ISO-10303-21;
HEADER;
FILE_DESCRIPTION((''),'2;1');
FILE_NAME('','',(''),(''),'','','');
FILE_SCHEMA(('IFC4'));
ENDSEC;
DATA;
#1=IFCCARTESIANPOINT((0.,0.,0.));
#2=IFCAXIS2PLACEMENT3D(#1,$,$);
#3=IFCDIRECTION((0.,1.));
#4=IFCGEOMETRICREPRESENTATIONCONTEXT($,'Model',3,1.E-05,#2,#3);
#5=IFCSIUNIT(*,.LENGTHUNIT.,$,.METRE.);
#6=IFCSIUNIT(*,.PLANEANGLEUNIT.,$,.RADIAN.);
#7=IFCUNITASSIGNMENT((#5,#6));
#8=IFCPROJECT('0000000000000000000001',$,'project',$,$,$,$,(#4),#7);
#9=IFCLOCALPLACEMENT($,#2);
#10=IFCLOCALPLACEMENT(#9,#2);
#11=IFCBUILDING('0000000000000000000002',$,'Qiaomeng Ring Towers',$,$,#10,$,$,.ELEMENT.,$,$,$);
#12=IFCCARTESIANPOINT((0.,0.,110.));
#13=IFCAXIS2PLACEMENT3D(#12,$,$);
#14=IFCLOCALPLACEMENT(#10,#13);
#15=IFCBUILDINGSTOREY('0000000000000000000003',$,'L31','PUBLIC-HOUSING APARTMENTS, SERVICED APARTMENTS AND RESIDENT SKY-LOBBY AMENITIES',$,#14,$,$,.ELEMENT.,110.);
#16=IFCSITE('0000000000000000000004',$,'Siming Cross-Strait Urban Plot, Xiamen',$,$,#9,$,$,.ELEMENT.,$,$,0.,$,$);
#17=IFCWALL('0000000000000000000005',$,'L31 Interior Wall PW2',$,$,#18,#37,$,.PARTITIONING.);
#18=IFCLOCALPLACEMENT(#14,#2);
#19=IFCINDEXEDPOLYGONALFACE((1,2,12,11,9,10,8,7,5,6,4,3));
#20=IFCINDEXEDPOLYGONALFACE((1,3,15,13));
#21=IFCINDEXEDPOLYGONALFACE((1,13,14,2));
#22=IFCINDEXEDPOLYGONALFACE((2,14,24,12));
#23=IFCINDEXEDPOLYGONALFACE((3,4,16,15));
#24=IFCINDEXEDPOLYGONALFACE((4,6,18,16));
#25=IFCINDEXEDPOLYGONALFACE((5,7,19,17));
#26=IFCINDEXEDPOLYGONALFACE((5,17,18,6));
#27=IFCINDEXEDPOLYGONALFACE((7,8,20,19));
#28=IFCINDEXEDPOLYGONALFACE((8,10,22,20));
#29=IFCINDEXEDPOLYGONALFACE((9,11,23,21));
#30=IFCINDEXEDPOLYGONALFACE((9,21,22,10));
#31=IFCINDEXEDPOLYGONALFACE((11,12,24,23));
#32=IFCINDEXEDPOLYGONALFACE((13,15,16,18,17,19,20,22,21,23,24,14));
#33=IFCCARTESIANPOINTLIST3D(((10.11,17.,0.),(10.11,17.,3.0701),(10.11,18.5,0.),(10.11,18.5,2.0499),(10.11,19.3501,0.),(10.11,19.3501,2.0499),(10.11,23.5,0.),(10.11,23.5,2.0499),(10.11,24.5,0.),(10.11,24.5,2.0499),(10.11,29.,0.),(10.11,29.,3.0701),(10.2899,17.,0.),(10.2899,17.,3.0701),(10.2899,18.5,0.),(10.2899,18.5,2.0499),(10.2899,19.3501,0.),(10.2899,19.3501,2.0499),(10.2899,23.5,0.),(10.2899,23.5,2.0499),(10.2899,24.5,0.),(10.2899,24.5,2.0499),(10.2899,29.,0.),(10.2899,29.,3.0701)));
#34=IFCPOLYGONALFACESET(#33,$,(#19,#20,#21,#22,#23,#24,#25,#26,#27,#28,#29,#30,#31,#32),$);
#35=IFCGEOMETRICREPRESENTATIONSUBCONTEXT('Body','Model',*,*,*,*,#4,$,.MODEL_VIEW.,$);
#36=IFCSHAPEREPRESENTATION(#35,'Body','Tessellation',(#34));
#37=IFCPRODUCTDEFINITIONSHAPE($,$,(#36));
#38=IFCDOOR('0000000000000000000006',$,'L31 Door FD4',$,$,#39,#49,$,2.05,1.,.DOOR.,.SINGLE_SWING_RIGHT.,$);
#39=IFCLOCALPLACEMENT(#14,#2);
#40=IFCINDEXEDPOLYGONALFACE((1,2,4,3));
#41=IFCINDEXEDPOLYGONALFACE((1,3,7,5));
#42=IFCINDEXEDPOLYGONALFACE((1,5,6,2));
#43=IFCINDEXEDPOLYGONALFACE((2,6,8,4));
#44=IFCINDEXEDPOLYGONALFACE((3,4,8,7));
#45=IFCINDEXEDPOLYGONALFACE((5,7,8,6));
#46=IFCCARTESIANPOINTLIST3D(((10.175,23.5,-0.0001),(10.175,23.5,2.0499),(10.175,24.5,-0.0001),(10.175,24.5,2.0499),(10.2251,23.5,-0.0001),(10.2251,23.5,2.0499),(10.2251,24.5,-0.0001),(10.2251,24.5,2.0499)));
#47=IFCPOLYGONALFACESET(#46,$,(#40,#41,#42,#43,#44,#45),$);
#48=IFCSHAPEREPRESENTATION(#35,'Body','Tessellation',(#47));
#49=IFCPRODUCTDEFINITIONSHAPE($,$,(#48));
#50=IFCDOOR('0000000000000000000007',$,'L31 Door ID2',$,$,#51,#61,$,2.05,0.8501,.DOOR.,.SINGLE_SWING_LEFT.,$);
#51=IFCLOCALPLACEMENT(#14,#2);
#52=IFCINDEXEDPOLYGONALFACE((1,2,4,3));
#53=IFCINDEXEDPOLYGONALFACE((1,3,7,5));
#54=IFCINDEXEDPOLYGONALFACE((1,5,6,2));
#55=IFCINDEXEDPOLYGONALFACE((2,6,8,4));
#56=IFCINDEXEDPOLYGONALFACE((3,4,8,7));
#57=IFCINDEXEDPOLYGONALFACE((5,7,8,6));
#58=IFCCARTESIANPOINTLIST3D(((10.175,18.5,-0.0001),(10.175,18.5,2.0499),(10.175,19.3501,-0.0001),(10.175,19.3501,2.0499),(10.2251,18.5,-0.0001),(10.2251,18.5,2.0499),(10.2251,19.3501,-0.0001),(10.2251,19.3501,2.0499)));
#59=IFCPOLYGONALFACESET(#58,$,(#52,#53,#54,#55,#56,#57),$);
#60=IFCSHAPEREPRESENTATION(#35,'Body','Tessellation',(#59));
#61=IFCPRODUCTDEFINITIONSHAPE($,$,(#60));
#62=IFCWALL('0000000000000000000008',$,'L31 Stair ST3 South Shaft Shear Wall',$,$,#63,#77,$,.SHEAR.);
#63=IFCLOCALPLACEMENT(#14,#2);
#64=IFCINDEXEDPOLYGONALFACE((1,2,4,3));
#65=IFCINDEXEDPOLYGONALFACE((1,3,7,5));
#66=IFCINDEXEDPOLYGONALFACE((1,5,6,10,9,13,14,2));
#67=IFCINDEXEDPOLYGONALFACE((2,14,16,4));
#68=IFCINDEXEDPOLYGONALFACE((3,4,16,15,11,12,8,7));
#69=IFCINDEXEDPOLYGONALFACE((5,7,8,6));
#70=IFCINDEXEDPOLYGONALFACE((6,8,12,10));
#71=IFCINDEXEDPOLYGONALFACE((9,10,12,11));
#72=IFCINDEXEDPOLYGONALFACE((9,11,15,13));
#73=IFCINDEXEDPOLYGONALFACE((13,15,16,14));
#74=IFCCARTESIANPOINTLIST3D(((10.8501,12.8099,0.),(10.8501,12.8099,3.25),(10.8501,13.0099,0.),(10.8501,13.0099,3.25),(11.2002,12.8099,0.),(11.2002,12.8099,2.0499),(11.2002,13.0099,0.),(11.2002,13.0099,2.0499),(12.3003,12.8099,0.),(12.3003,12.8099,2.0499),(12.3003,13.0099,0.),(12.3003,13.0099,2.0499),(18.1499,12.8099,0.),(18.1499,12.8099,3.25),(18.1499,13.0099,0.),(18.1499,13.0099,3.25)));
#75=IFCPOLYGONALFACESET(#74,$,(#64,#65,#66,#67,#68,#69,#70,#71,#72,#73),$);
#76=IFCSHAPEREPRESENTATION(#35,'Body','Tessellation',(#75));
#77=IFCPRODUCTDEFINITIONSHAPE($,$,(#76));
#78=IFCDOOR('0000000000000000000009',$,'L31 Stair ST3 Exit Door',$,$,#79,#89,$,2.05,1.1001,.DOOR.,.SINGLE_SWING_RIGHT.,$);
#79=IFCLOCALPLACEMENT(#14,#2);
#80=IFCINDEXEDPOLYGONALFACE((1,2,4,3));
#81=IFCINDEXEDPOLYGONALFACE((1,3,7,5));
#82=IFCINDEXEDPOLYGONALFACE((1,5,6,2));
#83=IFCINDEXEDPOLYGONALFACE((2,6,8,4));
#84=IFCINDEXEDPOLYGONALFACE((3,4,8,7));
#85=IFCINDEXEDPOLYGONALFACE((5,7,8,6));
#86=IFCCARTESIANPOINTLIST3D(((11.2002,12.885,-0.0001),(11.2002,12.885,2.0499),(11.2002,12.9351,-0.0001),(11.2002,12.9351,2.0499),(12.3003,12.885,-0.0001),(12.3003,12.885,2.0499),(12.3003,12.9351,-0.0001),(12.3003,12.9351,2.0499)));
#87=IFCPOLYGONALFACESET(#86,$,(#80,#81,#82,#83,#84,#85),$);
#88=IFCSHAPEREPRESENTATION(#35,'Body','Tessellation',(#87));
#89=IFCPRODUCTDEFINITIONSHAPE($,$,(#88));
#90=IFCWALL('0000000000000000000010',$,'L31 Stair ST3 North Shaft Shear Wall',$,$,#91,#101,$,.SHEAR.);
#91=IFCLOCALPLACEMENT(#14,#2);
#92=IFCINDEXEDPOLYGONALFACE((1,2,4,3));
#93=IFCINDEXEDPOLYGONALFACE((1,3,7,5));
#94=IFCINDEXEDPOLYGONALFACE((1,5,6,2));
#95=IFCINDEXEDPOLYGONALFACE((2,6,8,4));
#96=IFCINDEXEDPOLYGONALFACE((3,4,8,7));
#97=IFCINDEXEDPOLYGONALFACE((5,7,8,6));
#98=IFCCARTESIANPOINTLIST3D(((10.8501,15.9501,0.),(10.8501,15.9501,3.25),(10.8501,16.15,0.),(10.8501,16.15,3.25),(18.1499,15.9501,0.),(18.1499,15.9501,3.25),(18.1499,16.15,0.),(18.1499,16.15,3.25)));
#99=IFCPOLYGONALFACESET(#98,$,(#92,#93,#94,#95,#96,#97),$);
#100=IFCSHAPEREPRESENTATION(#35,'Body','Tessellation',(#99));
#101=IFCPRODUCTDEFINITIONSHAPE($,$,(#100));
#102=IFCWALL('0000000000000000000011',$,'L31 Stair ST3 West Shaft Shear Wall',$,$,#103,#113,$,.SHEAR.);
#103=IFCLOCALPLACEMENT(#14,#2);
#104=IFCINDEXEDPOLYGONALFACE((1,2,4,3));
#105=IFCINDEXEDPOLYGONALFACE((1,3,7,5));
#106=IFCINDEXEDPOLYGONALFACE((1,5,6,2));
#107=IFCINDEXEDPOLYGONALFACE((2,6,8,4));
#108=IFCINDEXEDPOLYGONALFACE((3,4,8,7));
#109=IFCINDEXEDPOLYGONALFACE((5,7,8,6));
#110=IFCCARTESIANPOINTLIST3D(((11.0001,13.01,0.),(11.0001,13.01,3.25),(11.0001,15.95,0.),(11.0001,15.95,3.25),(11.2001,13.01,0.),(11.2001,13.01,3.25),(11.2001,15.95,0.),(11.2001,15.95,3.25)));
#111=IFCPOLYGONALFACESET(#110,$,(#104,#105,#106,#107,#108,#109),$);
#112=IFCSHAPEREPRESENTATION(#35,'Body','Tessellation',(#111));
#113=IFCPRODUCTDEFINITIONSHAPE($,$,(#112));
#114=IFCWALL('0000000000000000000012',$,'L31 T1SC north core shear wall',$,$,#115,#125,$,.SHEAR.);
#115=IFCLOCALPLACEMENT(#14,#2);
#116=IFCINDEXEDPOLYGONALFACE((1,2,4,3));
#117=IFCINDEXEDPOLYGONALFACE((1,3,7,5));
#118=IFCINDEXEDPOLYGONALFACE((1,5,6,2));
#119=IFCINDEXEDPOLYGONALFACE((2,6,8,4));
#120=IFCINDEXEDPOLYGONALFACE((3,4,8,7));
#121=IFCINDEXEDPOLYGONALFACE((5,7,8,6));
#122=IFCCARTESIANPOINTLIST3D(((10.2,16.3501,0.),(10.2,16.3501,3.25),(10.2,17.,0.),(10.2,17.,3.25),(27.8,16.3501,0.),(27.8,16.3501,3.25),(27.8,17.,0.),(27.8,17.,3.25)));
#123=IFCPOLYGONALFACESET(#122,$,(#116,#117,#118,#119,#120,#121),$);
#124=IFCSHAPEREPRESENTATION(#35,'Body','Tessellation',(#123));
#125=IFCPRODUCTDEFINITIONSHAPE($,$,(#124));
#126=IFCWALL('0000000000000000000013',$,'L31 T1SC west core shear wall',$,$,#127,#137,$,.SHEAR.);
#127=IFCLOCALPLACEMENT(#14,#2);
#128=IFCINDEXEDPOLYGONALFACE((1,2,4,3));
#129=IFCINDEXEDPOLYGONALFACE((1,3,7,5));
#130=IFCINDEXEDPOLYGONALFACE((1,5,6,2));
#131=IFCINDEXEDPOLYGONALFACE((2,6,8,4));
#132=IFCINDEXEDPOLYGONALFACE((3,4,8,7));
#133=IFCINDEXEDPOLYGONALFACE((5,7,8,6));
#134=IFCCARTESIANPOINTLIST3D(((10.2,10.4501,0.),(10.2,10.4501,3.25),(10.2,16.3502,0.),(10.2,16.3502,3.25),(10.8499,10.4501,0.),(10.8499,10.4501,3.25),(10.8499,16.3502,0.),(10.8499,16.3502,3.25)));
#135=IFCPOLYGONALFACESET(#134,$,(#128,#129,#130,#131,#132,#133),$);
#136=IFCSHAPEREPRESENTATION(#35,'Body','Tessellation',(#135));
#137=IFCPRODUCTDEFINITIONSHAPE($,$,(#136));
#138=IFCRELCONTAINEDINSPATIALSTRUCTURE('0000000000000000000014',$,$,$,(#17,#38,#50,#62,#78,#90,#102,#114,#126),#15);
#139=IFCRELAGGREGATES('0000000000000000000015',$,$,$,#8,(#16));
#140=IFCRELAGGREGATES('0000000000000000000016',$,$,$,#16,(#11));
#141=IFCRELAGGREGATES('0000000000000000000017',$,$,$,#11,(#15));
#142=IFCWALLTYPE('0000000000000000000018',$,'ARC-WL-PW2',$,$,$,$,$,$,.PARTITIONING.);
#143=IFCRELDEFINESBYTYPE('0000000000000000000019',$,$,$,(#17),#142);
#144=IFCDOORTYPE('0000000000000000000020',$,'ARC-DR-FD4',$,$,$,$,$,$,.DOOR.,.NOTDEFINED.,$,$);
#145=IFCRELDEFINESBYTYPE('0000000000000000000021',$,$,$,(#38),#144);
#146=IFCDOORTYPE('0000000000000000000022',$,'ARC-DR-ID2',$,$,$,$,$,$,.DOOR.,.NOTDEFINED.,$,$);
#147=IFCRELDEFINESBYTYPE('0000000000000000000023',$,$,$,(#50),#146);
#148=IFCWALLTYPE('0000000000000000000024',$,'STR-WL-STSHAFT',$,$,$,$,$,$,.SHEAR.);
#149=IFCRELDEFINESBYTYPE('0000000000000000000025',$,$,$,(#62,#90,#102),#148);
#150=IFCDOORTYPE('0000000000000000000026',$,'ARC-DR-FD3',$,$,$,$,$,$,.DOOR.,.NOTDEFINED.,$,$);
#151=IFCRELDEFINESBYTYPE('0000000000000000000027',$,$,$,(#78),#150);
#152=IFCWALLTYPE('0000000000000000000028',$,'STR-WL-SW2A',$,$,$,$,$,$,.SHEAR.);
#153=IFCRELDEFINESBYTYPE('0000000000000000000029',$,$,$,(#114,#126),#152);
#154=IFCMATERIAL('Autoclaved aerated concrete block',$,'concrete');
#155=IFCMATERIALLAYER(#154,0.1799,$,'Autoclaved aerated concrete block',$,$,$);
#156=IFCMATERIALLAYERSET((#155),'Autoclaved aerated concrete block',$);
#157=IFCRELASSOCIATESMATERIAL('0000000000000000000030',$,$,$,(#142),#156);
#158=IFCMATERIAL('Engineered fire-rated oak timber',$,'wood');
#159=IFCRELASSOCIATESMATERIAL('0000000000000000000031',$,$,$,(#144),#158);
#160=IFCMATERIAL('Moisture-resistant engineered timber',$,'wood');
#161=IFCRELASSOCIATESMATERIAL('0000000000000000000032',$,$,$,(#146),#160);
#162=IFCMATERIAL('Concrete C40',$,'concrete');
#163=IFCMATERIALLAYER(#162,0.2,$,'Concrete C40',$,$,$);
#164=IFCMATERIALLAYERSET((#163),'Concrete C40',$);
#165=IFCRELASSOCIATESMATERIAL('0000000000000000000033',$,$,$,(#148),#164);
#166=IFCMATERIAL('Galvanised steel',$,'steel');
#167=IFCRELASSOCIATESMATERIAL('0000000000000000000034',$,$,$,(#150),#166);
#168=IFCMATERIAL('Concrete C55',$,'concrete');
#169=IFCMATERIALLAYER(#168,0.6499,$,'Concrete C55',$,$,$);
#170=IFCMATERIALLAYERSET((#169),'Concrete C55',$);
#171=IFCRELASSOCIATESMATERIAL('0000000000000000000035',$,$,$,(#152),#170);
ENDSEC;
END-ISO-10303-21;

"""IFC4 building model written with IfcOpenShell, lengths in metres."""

from ifc_helpers import new_model, si_unit, direction, frame, frame_2d, origin, place, context, subcontext, project, spatial, rectangle, extrude, source, transform, mapped, material, layer, layer_set, type_object, element, fill, save


model = new_model("IFC4")

# Units and contexts
model_context = context("Model", 3, precision=1e-05, world=origin(), true_north=direction((0.0, 1.0)))
body_context = subcontext(model_context, "Body", "Model", "MODEL_VIEW")
ifc_project = project(units=[si_unit("LENGTHUNIT", "METRE"), si_unit("PLANEANGLEUNIT", "RADIAN")], contexts=[model_context])

# Site, building, storey
site_placement = place(None, origin())
site = spatial("IfcSite", under=ifc_project, at=site_placement, Name="Siming Cross-Strait Urban Plot, Xiamen", CompositionType="ELEMENT", RefElevation=0.0)
building_placement = place(site_placement, origin())
building = spatial("IfcBuilding", under=site, at=building_placement, Name="Qiaomeng Ring Towers", CompositionType="ELEMENT")
storey_placement = place(building_placement, frame((0.0, 0.0, 110.0)))
storey = spatial("IfcBuildingStorey", under=building, at=storey_placement, Name="L31", Description="PUBLIC-HOUSING APARTMENTS, SERVICED APARTMENTS AND RESIDENT SKY-LOBBY AMENITIES", CompositionType="ELEMENT", Elevation=110.0)

# Wall, openings, doors
ifc_material_1 = material(Name="Autoclaved aerated concrete block", Category="concrete")
ifc_layer_1 = layer(ifc_material_1, 0.1799, Name="Autoclaved aerated concrete block")
ifc_layer_set_1 = layer_set([ifc_layer_1], Name="Autoclaved aerated concrete block")
wall_type_1 = type_object("IfcWallType", Name="ARC-WL-PW2", PredefinedType="PARTITIONING", material=ifc_layer_set_1)
wall_1_placement = place(storey_placement, frame((10.2, 17.0, 0.0), z_axis=(0.0, 0.0, 1.0), x_axis=(0.0, 1.0, 0.0)))
wall_1 = element("IfcWall", 1, at=wall_1_placement, inside=storey, type_object=wall_type_1, Name="L31 Interior Wall PW2", PredefinedType="PARTITIONING", context=body_context, shape_type="SweptSolid", body=[
    extrude(rectangle(XDim=12.0, YDim=0.1799, at=frame_2d((6.0, 0.0))), origin(), (0.0, 0.0, 1.0), 3.0701),
])
opening_1_placement = place(wall_1_placement, frame((1.5, 0.0, 0.0)))
opening_1 = element("IfcOpeningElement", 2, at=opening_1_placement, cuts=wall_1, PredefinedType="OPENING", context=body_context, shape_type="SweptSolid", body=[
    extrude(rectangle(XDim=0.8501, YDim=2.05, at=frame_2d((0.425, 1.0249))), frame((0.0, 0.0999, 0.0), z_axis=(0.0, -1.0, 0.0), x_axis=(1.0, 0.0, 0.0)), (0.0, 0.0, 1.0), 0.2),
])
opening_2_placement = place(wall_1_placement, frame((6.5, 0.0, 0.0)))
opening_2 = element("IfcOpeningElement", 3, at=opening_2_placement, cuts=wall_1, PredefinedType="OPENING", context=body_context, shape_type="SweptSolid", body=[
    extrude(rectangle(XDim=1.0, YDim=2.05, at=frame_2d((0.5, 1.0249))), frame((0.0, 0.0999, 0.0), z_axis=(0.0, -1.0, 0.0), x_axis=(1.0, 0.0, 0.0)), (0.0, 0.0, 1.0), 0.2),
])
ifc_material_2 = material(Name="Engineered fire-rated oak timber", Category="wood")
door_type_1 = type_object("IfcDoorType", Name="ARC-DR-FD4", OperationType="NOTDEFINED", PredefinedType="DOOR", material=ifc_material_2)
shared_shape_1 = source(origin(), body_context, "Body", "SweptSolid", [
    extrude(rectangle(XDim=1.0, YDim=2.05, at=frame_2d((0.5, 1.0249))), frame((0.0, 0.0249, 0.0), z_axis=(0.0, -1.0, 0.0), x_axis=(1.0, 0.0, 0.0)), (0.0, 0.0, 1.0), 0.05),
])
door_1_placement = place(opening_2_placement, origin())
door_1 = element("IfcDoor", 4, at=door_1_placement, inside=storey, type_object=door_type_1, Name="L31 Door FD4", OperationType="SINGLE_SWING_RIGHT", OverallHeight=2.05, OverallWidth=1.0, PredefinedType="DOOR", context=body_context, shape_type="MappedRepresentation", body=[
    mapped(shared_shape_1, transform((0.0, 0.0, 0.0), x_axis=(1.0, 0.0, 0.0), y_axis=(0.0, 1.0, 0.0), z_axis=(0.0, 0.0, 1.0), scale=1.0)),
])
fill(opening_2, door_1)
ifc_material_3 = material(Name="Moisture-resistant engineered timber", Category="wood")
door_type_2 = type_object("IfcDoorType", Name="ARC-DR-ID2", OperationType="NOTDEFINED", PredefinedType="DOOR", material=ifc_material_3)
shared_shape_2 = source(origin(), body_context, "Body", "SweptSolid", [
    extrude(rectangle(XDim=0.8501, YDim=2.05, at=frame_2d((0.425, 1.0249))), frame((0.0, 0.0249, 0.0), z_axis=(0.0, -1.0, 0.0), x_axis=(1.0, 0.0, 0.0)), (0.0, 0.0, 1.0), 0.05),
])
door_2_placement = place(opening_1_placement, origin())
door_2 = element("IfcDoor", 5, at=door_2_placement, inside=storey, type_object=door_type_2, Name="L31 Door ID2", OperationType="SINGLE_SWING_LEFT", OverallHeight=2.05, OverallWidth=0.8501, PredefinedType="DOOR", context=body_context, shape_type="MappedRepresentation", body=[
    mapped(shared_shape_2, transform((0.0, 0.0, 0.0), x_axis=(1.0, 0.0, 0.0), y_axis=(0.0, 1.0, 0.0), z_axis=(0.0, 0.0, 1.0), scale=1.0)),
])
fill(opening_1, door_2)

# Wall, opening, door
ifc_material_4 = material(Name="Concrete C40", Category="concrete")
ifc_layer_2 = layer(ifc_material_4, 0.2, Name="Concrete C40")
ifc_layer_set_2 = layer_set([ifc_layer_2], Name="Concrete C40")
wall_type_2 = type_object("IfcWallType", Name="STR-WL-STSHAFT", PredefinedType="SHEAR", material=ifc_layer_set_2)
wall_2_placement = place(storey_placement, frame((10.8501, 12.9099, 0.0), z_axis=(0.0, 0.0, 1.0), x_axis=(1.0, 0.0, 0.0)))
wall_2 = element("IfcWall", 6, at=wall_2_placement, inside=storey, type_object=wall_type_2, Name="L31 Stair ST3 South Shaft Shear Wall", PredefinedType="SHEAR", context=body_context, shape_type="SweptSolid", body=[
    extrude(rectangle(XDim=7.2998, YDim=0.2, at=frame_2d((3.6499, 0.0))), origin(), (0.0, 0.0, 1.0), 3.25),
])
opening_3_placement = place(wall_2_placement, frame((0.3501, 0.0, 0.0)))
opening_3 = element("IfcOpeningElement", 7, at=opening_3_placement, cuts=wall_2, PredefinedType="OPENING", context=body_context, shape_type="SweptSolid", body=[
    extrude(rectangle(XDim=1.1001, YDim=2.05, at=frame_2d((0.55, 1.0249))), frame((0.0, 0.1099, 0.0), z_axis=(0.0, -1.0, 0.0), x_axis=(1.0, 0.0, 0.0)), (0.0, 0.0, 1.0), 0.22),
])
ifc_material_5 = material(Name="Galvanised steel", Category="steel")
door_type_3 = type_object("IfcDoorType", Name="ARC-DR-FD3", OperationType="NOTDEFINED", PredefinedType="DOOR", material=ifc_material_5)
shared_shape_3 = source(origin(), body_context, "Body", "SweptSolid", [
    extrude(rectangle(XDim=1.1001, YDim=2.05, at=frame_2d((0.55, 1.0249))), frame((0.0, 0.0249, 0.0), z_axis=(0.0, -1.0, 0.0), x_axis=(1.0, 0.0, 0.0)), (0.0, 0.0, 1.0), 0.05),
])
door_3_placement = place(opening_3_placement, frame((1.1001, 0.0, 0.0), z_axis=(0.0, 0.0, 1.0), x_axis=(-1.0, 0.0, 0.0)))
door_3 = element("IfcDoor", 8, at=door_3_placement, inside=storey, type_object=door_type_3, Name="L31 Stair ST3 Exit Door", OperationType="SINGLE_SWING_RIGHT", OverallHeight=2.05, OverallWidth=1.1001, PredefinedType="DOOR", context=body_context, shape_type="MappedRepresentation", body=[
    mapped(shared_shape_3, transform((0.0, 0.0, 0.0), x_axis=(1.0, 0.0, 0.0), y_axis=(0.0, 1.0, 0.0), z_axis=(0.0, 0.0, 1.0), scale=1.0)),
])
fill(opening_3, door_3)

# Walls
wall_3_placement = place(storey_placement, frame((10.8501, 16.05, 0.0), z_axis=(0.0, 0.0, 1.0), x_axis=(1.0, 0.0, 0.0)))
element("IfcWall", 9, at=wall_3_placement, inside=storey, type_object=wall_type_2, Name="L31 Stair ST3 North Shaft Shear Wall", PredefinedType="SHEAR", context=body_context, shape_type="SweptSolid", body=[
    extrude(rectangle(XDim=7.2998, YDim=0.2, at=frame_2d((3.6499, 0.0))), origin(), (0.0, 0.0, 1.0), 3.25),
])
wall_4_placement = place(storey_placement, frame((11.1001, 13.01, 0.0), z_axis=(0.0, 0.0, 1.0), x_axis=(0.0, 1.0, 0.0)))
element("IfcWall", 10, at=wall_4_placement, inside=storey, type_object=wall_type_2, Name="L31 Stair ST3 West Shaft Shear Wall", PredefinedType="SHEAR", context=body_context, shape_type="SweptSolid", body=[
    extrude(rectangle(XDim=2.9399, YDim=0.2, at=frame_2d((1.47, 0.0))), origin(), (0.0, 0.0, 1.0), 3.25),
])
ifc_material_6 = material(Name="Concrete C55", Category="concrete")
ifc_layer_3 = layer(ifc_material_6, 0.6499, Name="Concrete C55")
ifc_layer_set_3 = layer_set([ifc_layer_3], Name="Concrete C55")
wall_type_3 = type_object("IfcWallType", Name="STR-WL-SW2A", PredefinedType="SHEAR", material=ifc_layer_set_3)
wall_5_placement = place(storey_placement, frame((10.2, 16.675, 0.0), z_axis=(0.0, 0.0, 1.0), x_axis=(1.0, 0.0, 0.0)))
element("IfcWall", 11, at=wall_5_placement, inside=storey, type_object=wall_type_3, Name="L31 T1SC north core shear wall", PredefinedType="SHEAR", context=body_context, shape_type="SweptSolid", body=[
    extrude(rectangle(XDim=17.6001, YDim=0.6499, at=frame_2d((8.8, 0.0))), origin(), (0.0, 0.0, 1.0), 3.25),
])
wall_6_placement = place(storey_placement, frame((10.5249, 10.45, 0.0), z_axis=(0.0, 0.0, 1.0), x_axis=(0.0, 1.0, 0.0)))
element("IfcWall", 12, at=wall_6_placement, inside=storey, type_object=wall_type_3, Name="L31 T1SC west core shear wall", PredefinedType="SHEAR", context=body_context, shape_type="SweptSolid", body=[
    extrude(rectangle(XDim=5.9001, YDim=0.6499, at=frame_2d((2.9502, 0.0))), origin(), (0.0, 0.0, 1.0), 3.25),
])

save(model, "model.ifc")
